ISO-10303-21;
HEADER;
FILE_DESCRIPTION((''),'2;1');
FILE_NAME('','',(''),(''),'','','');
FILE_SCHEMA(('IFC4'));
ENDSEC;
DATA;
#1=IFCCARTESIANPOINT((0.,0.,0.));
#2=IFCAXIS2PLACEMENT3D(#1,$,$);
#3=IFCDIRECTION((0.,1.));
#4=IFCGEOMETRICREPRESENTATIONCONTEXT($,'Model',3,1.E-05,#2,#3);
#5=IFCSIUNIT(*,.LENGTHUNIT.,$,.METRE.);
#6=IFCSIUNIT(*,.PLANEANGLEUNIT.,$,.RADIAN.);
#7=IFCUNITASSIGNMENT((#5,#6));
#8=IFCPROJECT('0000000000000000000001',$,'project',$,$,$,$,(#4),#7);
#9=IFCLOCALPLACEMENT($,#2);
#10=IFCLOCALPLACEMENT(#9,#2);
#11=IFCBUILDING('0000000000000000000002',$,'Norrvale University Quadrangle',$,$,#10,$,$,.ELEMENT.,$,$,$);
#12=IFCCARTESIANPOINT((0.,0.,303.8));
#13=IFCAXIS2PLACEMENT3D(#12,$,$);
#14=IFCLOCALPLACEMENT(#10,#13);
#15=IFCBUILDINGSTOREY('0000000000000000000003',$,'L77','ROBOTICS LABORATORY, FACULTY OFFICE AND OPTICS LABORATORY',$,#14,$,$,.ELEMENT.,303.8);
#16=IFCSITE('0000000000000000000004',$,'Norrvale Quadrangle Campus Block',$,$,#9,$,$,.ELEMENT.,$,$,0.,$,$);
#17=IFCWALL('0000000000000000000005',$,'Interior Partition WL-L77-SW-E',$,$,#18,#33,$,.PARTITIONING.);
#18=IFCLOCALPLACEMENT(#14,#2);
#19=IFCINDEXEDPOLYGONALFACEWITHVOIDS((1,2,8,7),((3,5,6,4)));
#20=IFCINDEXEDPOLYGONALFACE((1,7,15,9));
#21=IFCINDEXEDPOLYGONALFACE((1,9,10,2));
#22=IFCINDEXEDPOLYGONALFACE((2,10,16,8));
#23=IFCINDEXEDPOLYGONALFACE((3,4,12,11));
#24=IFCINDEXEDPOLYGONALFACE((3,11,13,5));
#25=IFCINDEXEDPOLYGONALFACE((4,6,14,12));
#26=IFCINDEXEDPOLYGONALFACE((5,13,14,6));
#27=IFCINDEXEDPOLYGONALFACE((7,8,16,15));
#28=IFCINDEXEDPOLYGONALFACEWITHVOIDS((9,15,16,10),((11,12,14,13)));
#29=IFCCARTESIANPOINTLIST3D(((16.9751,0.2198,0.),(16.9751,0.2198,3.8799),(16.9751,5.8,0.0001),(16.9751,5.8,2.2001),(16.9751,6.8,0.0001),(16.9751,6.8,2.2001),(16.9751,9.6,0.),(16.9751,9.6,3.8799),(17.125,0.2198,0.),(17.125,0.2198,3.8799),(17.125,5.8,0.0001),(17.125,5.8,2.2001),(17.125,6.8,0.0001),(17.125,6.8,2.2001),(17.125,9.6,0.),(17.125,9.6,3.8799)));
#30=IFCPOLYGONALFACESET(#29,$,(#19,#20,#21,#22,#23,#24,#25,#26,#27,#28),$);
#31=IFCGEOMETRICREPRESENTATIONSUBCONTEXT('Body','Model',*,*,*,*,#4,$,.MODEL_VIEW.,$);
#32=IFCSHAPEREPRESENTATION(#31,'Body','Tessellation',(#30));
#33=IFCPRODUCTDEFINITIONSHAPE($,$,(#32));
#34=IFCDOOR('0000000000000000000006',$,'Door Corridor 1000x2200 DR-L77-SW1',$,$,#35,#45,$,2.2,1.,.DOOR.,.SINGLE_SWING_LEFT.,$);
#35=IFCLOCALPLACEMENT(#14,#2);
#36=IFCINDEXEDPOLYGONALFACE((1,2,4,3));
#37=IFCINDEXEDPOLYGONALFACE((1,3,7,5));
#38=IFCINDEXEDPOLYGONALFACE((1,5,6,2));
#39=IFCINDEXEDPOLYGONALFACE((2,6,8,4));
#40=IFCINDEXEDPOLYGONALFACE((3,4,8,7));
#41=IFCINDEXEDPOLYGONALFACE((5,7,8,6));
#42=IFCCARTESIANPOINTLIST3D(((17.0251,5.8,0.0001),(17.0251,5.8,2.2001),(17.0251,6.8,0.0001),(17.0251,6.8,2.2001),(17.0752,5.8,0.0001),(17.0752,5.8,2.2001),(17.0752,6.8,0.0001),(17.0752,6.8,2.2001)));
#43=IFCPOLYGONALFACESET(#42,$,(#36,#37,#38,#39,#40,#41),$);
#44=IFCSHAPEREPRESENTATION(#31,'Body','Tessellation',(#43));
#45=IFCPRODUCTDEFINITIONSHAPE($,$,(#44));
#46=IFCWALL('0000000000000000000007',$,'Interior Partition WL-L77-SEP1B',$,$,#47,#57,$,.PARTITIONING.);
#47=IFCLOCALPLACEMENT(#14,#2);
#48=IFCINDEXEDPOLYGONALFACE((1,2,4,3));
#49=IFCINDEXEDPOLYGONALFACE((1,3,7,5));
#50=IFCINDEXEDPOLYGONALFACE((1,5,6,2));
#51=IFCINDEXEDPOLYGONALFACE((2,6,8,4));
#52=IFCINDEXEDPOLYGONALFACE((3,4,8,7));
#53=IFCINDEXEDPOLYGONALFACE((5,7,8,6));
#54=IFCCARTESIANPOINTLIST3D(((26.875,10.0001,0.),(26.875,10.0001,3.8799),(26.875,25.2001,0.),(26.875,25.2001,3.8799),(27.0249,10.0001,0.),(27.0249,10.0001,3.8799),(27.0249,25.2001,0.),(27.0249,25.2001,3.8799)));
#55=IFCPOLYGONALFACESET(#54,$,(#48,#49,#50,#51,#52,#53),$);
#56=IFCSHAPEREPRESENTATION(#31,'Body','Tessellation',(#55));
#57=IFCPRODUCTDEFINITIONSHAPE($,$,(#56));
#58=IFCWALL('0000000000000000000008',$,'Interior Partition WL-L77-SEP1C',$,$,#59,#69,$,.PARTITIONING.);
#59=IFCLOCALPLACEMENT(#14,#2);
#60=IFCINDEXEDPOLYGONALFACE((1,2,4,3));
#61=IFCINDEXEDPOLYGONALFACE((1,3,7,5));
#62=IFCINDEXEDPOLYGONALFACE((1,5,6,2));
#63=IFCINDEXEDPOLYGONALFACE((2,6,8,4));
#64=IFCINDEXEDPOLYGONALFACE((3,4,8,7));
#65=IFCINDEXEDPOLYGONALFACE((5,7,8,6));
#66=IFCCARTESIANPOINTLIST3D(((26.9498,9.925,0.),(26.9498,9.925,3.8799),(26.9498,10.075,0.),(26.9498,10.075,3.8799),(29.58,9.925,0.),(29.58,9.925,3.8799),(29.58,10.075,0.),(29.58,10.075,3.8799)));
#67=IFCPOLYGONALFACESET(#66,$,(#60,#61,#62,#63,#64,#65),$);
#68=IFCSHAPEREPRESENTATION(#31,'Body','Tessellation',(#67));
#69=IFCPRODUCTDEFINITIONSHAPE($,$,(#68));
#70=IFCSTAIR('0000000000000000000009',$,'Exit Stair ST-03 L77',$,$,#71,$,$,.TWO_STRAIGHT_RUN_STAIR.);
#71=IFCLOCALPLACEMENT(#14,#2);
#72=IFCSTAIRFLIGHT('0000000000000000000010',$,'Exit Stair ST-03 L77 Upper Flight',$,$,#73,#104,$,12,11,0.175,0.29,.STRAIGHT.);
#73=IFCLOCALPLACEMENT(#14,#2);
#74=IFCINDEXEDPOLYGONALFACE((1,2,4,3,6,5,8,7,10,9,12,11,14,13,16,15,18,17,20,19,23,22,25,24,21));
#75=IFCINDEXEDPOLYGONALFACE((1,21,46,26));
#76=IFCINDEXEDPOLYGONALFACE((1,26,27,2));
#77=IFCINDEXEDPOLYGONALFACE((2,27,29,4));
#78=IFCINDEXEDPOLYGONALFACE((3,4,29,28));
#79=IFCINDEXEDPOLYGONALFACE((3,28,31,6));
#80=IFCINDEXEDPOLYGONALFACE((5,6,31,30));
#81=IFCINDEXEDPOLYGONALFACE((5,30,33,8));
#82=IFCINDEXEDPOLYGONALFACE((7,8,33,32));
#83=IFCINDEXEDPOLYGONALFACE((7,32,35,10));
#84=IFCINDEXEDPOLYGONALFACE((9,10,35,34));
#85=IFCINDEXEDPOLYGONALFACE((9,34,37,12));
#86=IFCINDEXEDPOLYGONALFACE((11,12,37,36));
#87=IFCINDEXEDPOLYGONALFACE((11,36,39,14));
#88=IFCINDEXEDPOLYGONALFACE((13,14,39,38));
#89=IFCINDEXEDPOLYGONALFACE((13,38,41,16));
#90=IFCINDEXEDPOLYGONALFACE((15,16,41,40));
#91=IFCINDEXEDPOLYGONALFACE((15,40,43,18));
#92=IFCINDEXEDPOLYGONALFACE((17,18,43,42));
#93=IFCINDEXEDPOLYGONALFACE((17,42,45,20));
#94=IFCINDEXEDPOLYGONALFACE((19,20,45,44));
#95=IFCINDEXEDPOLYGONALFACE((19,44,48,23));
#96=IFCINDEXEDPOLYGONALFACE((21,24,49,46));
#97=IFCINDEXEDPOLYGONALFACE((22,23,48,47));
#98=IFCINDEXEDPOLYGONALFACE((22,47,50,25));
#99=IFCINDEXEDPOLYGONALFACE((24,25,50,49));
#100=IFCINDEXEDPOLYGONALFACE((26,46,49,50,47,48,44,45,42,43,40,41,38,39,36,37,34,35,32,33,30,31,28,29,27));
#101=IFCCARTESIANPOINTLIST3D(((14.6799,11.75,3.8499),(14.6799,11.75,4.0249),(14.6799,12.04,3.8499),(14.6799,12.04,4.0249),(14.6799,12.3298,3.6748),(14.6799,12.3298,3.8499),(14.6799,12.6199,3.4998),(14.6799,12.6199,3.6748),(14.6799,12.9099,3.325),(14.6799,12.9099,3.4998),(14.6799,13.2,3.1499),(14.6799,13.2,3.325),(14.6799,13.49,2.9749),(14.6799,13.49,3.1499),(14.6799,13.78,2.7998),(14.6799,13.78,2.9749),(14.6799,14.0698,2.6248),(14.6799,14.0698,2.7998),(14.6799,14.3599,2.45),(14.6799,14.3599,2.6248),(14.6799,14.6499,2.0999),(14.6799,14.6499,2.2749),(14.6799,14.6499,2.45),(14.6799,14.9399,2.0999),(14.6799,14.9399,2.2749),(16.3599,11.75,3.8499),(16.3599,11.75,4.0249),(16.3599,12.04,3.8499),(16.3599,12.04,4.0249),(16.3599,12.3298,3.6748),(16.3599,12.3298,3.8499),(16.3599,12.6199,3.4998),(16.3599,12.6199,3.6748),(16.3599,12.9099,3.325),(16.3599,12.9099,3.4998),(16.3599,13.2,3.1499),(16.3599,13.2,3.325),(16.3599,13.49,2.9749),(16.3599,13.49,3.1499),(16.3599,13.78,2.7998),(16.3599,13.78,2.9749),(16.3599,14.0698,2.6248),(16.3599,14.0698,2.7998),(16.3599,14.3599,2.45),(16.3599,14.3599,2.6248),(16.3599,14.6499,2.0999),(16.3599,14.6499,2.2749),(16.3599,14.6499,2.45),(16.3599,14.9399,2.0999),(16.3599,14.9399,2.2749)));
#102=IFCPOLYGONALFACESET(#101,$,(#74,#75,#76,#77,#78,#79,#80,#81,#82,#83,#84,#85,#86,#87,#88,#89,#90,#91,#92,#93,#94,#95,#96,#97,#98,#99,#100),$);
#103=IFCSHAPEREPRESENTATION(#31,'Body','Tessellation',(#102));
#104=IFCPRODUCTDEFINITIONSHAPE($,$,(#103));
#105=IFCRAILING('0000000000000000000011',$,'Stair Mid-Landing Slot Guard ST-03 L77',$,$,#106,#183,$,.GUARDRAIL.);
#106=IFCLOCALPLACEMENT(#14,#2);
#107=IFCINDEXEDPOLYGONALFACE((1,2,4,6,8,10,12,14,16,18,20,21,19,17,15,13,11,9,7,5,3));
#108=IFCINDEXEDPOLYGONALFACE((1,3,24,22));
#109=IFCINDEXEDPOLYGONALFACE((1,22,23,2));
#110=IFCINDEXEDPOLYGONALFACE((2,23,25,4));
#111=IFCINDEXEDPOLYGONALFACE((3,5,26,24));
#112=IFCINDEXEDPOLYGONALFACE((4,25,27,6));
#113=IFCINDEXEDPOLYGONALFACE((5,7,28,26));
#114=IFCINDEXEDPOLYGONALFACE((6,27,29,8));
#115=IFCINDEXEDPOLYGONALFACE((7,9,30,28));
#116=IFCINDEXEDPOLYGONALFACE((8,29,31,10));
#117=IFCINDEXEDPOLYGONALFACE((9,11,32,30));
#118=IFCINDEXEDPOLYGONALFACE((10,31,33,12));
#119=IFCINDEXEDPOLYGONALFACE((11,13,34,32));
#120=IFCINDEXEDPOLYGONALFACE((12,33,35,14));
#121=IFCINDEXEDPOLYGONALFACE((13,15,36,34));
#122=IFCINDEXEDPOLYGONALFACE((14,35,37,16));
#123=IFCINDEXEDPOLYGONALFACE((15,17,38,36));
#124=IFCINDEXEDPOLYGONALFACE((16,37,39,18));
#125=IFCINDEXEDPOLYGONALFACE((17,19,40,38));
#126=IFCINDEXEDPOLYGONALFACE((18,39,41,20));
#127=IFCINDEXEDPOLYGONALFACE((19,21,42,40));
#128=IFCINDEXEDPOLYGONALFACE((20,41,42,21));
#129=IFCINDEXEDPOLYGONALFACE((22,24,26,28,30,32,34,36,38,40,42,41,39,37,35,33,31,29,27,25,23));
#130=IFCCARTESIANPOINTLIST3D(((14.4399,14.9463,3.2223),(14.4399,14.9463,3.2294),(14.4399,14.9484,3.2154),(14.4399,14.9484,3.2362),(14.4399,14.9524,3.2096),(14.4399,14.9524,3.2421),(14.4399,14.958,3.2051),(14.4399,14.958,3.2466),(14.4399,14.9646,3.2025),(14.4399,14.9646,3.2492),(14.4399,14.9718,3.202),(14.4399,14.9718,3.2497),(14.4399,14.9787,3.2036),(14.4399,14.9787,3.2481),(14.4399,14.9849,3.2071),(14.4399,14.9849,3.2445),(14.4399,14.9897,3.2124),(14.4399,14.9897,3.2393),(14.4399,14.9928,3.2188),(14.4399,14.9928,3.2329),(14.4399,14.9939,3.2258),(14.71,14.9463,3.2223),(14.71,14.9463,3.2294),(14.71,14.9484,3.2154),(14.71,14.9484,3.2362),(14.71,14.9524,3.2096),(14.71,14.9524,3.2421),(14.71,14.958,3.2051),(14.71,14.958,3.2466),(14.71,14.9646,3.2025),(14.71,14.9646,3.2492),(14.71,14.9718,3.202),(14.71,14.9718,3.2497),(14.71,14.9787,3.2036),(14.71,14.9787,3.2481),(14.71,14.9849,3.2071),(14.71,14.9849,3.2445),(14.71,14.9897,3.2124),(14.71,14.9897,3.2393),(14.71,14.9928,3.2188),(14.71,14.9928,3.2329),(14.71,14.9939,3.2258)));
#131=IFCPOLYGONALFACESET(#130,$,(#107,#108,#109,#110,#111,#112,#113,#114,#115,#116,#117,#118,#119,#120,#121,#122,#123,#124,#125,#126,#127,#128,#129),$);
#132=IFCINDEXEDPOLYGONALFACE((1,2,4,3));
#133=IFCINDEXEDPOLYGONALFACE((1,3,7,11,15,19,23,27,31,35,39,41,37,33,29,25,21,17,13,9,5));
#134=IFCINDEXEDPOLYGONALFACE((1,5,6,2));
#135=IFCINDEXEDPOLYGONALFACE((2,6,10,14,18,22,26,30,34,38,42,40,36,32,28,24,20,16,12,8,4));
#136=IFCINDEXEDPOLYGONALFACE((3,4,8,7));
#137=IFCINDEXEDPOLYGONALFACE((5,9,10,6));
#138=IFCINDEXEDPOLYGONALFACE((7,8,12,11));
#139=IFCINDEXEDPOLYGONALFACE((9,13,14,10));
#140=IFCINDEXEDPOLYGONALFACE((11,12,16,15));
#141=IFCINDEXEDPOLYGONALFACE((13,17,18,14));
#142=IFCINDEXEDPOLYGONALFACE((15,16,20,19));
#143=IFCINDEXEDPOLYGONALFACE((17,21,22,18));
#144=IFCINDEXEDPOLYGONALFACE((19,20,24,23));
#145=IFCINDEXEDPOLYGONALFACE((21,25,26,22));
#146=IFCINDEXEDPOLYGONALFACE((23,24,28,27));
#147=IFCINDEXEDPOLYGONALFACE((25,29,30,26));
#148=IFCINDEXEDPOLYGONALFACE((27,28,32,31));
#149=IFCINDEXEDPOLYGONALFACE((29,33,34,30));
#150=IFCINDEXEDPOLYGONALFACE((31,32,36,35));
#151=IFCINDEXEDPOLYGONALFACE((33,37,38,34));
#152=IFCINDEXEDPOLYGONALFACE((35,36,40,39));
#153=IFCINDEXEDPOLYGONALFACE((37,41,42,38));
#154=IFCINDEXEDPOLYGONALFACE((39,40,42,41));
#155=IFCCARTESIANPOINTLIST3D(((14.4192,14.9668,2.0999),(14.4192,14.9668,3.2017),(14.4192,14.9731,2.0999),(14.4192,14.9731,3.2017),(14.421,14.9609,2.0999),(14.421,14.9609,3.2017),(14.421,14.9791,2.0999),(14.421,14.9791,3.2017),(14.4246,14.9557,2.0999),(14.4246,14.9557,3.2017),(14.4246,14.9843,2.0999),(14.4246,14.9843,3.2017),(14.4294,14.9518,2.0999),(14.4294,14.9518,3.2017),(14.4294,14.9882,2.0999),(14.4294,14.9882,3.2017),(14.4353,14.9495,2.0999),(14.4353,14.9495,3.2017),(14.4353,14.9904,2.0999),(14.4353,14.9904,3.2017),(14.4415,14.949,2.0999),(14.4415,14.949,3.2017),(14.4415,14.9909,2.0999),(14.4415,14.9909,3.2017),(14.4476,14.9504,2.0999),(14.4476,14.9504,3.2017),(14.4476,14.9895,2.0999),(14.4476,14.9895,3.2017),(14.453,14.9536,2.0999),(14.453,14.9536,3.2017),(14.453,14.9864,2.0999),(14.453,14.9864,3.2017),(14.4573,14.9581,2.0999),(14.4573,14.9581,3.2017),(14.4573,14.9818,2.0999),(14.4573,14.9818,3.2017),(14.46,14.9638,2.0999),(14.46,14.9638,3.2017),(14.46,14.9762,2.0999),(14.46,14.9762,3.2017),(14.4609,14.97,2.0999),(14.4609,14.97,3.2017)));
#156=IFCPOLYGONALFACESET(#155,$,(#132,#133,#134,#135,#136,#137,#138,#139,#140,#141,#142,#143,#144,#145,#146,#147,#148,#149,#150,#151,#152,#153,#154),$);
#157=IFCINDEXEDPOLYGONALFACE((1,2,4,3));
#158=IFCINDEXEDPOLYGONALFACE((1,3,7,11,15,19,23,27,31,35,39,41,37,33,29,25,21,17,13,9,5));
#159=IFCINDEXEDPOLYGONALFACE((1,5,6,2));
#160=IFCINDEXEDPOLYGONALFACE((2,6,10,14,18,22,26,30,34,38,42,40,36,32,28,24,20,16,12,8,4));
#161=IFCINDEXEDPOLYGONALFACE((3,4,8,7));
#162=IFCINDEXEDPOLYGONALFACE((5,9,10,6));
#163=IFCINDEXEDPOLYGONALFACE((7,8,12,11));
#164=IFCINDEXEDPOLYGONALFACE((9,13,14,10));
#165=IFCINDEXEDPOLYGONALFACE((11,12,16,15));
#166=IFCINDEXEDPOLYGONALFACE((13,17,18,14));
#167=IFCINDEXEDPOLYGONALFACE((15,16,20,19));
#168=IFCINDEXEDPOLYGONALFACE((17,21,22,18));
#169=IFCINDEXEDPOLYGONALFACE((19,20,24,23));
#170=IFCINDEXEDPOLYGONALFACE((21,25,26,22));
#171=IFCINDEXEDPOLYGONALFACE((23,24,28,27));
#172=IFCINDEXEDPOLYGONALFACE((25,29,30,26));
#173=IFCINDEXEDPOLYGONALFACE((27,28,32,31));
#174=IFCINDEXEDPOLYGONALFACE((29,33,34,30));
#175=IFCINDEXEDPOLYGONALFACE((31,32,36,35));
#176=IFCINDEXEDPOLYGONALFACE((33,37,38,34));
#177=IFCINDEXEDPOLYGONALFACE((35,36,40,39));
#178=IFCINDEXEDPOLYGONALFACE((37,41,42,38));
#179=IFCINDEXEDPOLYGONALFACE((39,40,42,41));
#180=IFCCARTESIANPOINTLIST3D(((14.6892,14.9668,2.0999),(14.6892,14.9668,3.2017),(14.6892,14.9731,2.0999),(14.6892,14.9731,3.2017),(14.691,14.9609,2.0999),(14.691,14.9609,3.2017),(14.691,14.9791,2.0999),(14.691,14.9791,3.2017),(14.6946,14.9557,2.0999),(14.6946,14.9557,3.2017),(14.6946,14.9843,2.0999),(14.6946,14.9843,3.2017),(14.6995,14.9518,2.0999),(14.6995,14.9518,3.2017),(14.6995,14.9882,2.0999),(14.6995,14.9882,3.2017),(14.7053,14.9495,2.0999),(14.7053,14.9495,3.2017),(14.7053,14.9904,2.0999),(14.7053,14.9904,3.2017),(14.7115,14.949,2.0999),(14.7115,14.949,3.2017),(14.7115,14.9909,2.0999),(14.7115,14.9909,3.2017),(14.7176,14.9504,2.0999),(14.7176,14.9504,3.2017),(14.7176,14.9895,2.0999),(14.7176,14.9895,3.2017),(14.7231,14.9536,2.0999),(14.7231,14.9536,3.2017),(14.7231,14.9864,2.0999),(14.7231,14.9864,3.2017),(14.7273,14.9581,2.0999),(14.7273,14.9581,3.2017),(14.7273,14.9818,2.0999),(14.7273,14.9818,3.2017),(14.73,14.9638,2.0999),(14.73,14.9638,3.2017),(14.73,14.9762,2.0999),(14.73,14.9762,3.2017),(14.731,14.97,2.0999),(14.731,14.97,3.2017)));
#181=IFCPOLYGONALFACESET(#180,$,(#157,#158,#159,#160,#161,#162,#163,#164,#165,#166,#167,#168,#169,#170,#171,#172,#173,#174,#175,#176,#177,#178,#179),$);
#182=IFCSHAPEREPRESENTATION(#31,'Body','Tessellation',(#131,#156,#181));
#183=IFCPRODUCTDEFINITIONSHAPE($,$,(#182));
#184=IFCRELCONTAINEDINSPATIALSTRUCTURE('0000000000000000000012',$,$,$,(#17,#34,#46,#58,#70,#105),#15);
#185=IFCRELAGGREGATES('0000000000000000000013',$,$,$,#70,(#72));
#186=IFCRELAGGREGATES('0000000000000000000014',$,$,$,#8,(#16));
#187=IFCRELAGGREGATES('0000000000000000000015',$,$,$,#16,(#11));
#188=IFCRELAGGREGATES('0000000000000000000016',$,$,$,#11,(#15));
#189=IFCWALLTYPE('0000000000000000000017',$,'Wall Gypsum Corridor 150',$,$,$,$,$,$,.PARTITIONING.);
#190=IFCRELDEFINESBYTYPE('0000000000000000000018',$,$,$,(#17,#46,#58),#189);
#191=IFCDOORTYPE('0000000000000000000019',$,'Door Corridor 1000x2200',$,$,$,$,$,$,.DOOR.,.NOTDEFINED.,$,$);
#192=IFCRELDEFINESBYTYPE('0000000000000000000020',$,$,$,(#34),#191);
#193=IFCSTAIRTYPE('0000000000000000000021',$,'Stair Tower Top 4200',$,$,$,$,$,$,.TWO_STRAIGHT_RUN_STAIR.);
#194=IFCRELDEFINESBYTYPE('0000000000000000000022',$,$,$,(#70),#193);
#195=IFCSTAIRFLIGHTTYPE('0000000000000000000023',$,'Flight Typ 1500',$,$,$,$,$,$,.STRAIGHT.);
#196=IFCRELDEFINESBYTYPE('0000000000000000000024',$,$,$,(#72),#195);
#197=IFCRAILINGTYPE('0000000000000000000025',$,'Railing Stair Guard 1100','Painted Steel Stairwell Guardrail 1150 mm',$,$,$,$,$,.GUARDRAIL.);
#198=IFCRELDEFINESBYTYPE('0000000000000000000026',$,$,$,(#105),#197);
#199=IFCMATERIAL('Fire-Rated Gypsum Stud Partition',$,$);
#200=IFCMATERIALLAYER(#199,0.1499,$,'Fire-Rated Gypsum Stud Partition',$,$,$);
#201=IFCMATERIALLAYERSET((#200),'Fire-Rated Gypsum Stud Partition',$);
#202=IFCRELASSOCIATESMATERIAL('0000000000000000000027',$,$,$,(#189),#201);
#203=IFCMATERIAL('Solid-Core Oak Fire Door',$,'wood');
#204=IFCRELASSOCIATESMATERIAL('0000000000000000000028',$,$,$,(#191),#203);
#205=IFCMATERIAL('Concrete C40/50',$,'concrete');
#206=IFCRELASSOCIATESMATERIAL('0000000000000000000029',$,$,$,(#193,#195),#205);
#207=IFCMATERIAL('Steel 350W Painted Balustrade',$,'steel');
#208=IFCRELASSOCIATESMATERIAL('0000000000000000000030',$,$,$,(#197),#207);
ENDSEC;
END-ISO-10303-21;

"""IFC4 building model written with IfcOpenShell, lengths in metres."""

from ifc_helpers import new_model, si_unit, direction, frame, frame_2d, origin, origin_2d, place, context, subcontext, project, spatial, polyline, rectangle, circle, outline, extrude, material, layer, layer_set, type_object, element, fill, aggregate, save


model = new_model("IFC4")

# Units and contexts
model_context = context("Model", 3, precision=1e-05, world=origin(), true_north=direction((0.0, 1.0)))
body_context = subcontext(model_context, "Body", "Model", "MODEL_VIEW")
ifc_project = project(units=[si_unit("LENGTHUNIT", "METRE"), si_unit("PLANEANGLEUNIT", "RADIAN")], contexts=[model_context])

# Site, building, storey
site_placement = place(None, origin())
site = spatial("IfcSite", under=ifc_project, at=site_placement, Name="Norrvale Quadrangle Campus Block", CompositionType="ELEMENT", RefElevation=0.0)
building_placement = place(site_placement, origin())
building = spatial("IfcBuilding", under=site, at=building_placement, Name="Norrvale University Quadrangle", CompositionType="ELEMENT")
storey_placement = place(building_placement, frame((0.0, 0.0, 303.8)))
storey = spatial("IfcBuildingStorey", under=building, at=storey_placement, Name="L77", Description="ROBOTICS LABORATORY, FACULTY OFFICE AND OPTICS LABORATORY", CompositionType="ELEMENT", Elevation=303.8)

# Shared definitions
ifc_material_1 = material(Name="Fire-Rated Gypsum Stud Partition")
ifc_layer_1 = layer(ifc_material_1, 0.1499, Name="Fire-Rated Gypsum Stud Partition")
ifc_layer_set_1 = layer_set([ifc_layer_1], Name="Fire-Rated Gypsum Stud Partition")
wall_type_1 = type_object("IfcWallType", Name="Wall Gypsum Corridor 150", PredefinedType="PARTITIONING", material=ifc_layer_set_1)

# Wall, opening, door
wall_1_placement = place(storey_placement, frame((17.05, 0.22, 0.0), z_axis=(0.0, 0.0, 1.0), x_axis=(0.0, 1.0, 0.0)))
wall_1 = element("IfcWall", 1, at=wall_1_placement, inside=storey, type_object=wall_type_1, Name="Interior Partition WL-L77-SW-E", PredefinedType="PARTITIONING", context=body_context, shape_type="SweptSolid", body=[
    extrude(rectangle(XDim=9.3801, YDim=0.1499, at=frame_2d((4.6899, 0.0))), origin(), (0.0, 0.0, 1.0), 3.8799),
])
opening_1_placement = place(wall_1_placement, frame((5.5801, 0.0, 0.0)))
opening_1 = element("IfcOpeningElement", 2, at=opening_1_placement, cuts=wall_1, PredefinedType="OPENING", context=body_context, shape_type="SweptSolid", body=[
    extrude(rectangle(XDim=1.0, YDim=2.2, at=frame_2d((0.5, 1.1001))), frame((0.0, 0.0869, 0.0), z_axis=(0.0, -1.0, 0.0), x_axis=(1.0, 0.0, 0.0)), (0.0, 0.0, 1.0), 0.1738),
])
ifc_material_2 = material(Name="Solid-Core Oak Fire Door", Category="wood")
door_type_1 = type_object("IfcDoorType", Name="Door Corridor 1000x2200", OperationType="NOTDEFINED", PredefinedType="DOOR", material=ifc_material_2)
door_1_placement = place(opening_1_placement, origin())
door_1 = element("IfcDoor", 3, at=door_1_placement, inside=storey, type_object=door_type_1, Name="Door Corridor 1000x2200 DR-L77-SW1", OperationType="SINGLE_SWING_LEFT", OverallHeight=2.2, OverallWidth=1.0, PredefinedType="DOOR", context=body_context, shape_type="SweptSolid", body=[
    extrude(rectangle(XDim=1.0, YDim=2.2, at=frame_2d((0.5, 1.1001))), frame((0.0, 0.0249, 0.0), z_axis=(0.0, -1.0, 0.0), x_axis=(1.0, 0.0, 0.0)), (0.0, 0.0, 1.0), 0.05),
])
fill(opening_1, door_1)

# Walls
wall_2_placement = place(storey_placement, frame((26.95, 10.0, 0.0), z_axis=(0.0, 0.0, 1.0), x_axis=(0.0, 1.0, 0.0)))
element("IfcWall", 4, at=wall_2_placement, inside=storey, type_object=wall_type_1, Name="Interior Partition WL-L77-SEP1B", PredefinedType="PARTITIONING", context=body_context, shape_type="SweptSolid", body=[
    extrude(rectangle(XDim=15.2, YDim=0.1499, at=frame_2d((7.6001, 0.0))), origin(), (0.0, 0.0, 1.0), 3.8799),
])
wall_3_placement = place(storey_placement, frame((26.95, 10.0, 0.0), z_axis=(0.0, 0.0, 1.0), x_axis=(1.0, 0.0, 0.0)))
element("IfcWall", 5, at=wall_3_placement, inside=storey, type_object=wall_type_1, Name="Interior Partition WL-L77-SEP1C", PredefinedType="PARTITIONING", context=body_context, shape_type="SweptSolid", body=[
    extrude(rectangle(XDim=2.6301, YDim=0.1499, at=frame_2d((1.3149, 0.0))), origin(), (0.0, 0.0, 1.0), 3.8799),
])

# Stair, stair flight
ifc_material_3 = material(Name="Concrete C40/50", Category="concrete")
stair_type = type_object("IfcStairType", Name="Stair Tower Top 4200", PredefinedType="TWO_STRAIGHT_RUN_STAIR", material=ifc_material_3)
stair_placement = place(storey_placement, origin())
stair = element("IfcStair", 6, at=stair_placement, inside=storey, type_object=stair_type, Name="Exit Stair ST-03 L77", PredefinedType="TWO_STRAIGHT_RUN_STAIR")
stair_flight_type = type_object("IfcStairFlightType", Name="Flight Typ 1500", PredefinedType="STRAIGHT", material=ifc_material_3)
stair_flight_placement = place(storey_placement, frame((15.52, 14.9399, 2.0999), z_axis=(0.0, 0.0, 1.0), x_axis=(0.0, -1.0, 0.0)))
stair_flight = element("IfcStairFlight", 7, at=stair_flight_placement, type_object=stair_flight_type, Name="Exit Stair ST-03 L77 Upper Flight", NumberOfRisers=12, NumberOfTreads=11, PredefinedType="STRAIGHT", RiserHeight=0.175, TreadLength=0.29, context=body_context, shape_type="SweptSolid", body=[
    extrude(outline(polyline([(0.0, 0.0), (0.0, 0.175), (0.29, 0.175), (0.29, 0.3501), (0.5801, 0.3501), (0.5801, 0.5249), (0.8701, 0.5249), (0.8701, 0.7), (1.1599, 0.7), (1.1599, 0.875), (1.45, 0.875), (1.45, 1.05), (1.74, 1.05), (1.74, 1.2251), (2.03, 1.2251), (2.03, 1.3999), (2.3201, 1.3999), (2.3201, 1.575), (2.6101, 1.575), (2.6101, 1.75), (2.8999, 1.75), (2.8999, 1.925), (3.1899, 1.925), (3.1899, 2.1001), (3.1899, 1.75), (0.29, 0.0), (0.0, 0.0)])), frame((0.0, 0.8398, 0.0), z_axis=(0.0, -1.0, 0.0), x_axis=(1.0, 0.0, 0.0)), (0.0, 0.0, 1.0), 1.6799),
])
aggregate(stair, [stair_flight])

# Railing
ifc_material_4 = material(Name="Steel 350W Painted Balustrade", Category="steel")
railing_type_1 = type_object("IfcRailingType", Name="Railing Stair Guard 1100", Description="Painted Steel Stairwell Guardrail 1150 mm", PredefinedType="GUARDRAIL", material=ifc_material_4)
railing_1_placement = place(storey_placement, frame((14.4399, 14.97, 2.0999)))
element("IfcRailing", 8, at=railing_1_placement, inside=storey, type_object=railing_type_1, Name="Stair Mid-Landing Slot Guard ST-03 L77", PredefinedType="GUARDRAIL", context=body_context, shape_type="SweptSolid", body=[
    extrude(circle(Radius=0.0239, at=origin_2d()), frame((0.0, 0.0, 1.126), z_axis=(1.0, 0.0, 0.0), x_axis=(0.0, 1.0, 0.0)), (0.0, 0.0, 1.0), 0.27),
    extrude(circle(Radius=0.021, at=origin_2d()), origin(), (0.0, 0.0, 1.0), 1.1018),
    extrude(circle(Radius=0.021, at=origin_2d()), frame((0.27, 0.0, 0.0)), (0.0, 0.0, 1.0), 1.1018),
])

save(model, "model.ifc")
